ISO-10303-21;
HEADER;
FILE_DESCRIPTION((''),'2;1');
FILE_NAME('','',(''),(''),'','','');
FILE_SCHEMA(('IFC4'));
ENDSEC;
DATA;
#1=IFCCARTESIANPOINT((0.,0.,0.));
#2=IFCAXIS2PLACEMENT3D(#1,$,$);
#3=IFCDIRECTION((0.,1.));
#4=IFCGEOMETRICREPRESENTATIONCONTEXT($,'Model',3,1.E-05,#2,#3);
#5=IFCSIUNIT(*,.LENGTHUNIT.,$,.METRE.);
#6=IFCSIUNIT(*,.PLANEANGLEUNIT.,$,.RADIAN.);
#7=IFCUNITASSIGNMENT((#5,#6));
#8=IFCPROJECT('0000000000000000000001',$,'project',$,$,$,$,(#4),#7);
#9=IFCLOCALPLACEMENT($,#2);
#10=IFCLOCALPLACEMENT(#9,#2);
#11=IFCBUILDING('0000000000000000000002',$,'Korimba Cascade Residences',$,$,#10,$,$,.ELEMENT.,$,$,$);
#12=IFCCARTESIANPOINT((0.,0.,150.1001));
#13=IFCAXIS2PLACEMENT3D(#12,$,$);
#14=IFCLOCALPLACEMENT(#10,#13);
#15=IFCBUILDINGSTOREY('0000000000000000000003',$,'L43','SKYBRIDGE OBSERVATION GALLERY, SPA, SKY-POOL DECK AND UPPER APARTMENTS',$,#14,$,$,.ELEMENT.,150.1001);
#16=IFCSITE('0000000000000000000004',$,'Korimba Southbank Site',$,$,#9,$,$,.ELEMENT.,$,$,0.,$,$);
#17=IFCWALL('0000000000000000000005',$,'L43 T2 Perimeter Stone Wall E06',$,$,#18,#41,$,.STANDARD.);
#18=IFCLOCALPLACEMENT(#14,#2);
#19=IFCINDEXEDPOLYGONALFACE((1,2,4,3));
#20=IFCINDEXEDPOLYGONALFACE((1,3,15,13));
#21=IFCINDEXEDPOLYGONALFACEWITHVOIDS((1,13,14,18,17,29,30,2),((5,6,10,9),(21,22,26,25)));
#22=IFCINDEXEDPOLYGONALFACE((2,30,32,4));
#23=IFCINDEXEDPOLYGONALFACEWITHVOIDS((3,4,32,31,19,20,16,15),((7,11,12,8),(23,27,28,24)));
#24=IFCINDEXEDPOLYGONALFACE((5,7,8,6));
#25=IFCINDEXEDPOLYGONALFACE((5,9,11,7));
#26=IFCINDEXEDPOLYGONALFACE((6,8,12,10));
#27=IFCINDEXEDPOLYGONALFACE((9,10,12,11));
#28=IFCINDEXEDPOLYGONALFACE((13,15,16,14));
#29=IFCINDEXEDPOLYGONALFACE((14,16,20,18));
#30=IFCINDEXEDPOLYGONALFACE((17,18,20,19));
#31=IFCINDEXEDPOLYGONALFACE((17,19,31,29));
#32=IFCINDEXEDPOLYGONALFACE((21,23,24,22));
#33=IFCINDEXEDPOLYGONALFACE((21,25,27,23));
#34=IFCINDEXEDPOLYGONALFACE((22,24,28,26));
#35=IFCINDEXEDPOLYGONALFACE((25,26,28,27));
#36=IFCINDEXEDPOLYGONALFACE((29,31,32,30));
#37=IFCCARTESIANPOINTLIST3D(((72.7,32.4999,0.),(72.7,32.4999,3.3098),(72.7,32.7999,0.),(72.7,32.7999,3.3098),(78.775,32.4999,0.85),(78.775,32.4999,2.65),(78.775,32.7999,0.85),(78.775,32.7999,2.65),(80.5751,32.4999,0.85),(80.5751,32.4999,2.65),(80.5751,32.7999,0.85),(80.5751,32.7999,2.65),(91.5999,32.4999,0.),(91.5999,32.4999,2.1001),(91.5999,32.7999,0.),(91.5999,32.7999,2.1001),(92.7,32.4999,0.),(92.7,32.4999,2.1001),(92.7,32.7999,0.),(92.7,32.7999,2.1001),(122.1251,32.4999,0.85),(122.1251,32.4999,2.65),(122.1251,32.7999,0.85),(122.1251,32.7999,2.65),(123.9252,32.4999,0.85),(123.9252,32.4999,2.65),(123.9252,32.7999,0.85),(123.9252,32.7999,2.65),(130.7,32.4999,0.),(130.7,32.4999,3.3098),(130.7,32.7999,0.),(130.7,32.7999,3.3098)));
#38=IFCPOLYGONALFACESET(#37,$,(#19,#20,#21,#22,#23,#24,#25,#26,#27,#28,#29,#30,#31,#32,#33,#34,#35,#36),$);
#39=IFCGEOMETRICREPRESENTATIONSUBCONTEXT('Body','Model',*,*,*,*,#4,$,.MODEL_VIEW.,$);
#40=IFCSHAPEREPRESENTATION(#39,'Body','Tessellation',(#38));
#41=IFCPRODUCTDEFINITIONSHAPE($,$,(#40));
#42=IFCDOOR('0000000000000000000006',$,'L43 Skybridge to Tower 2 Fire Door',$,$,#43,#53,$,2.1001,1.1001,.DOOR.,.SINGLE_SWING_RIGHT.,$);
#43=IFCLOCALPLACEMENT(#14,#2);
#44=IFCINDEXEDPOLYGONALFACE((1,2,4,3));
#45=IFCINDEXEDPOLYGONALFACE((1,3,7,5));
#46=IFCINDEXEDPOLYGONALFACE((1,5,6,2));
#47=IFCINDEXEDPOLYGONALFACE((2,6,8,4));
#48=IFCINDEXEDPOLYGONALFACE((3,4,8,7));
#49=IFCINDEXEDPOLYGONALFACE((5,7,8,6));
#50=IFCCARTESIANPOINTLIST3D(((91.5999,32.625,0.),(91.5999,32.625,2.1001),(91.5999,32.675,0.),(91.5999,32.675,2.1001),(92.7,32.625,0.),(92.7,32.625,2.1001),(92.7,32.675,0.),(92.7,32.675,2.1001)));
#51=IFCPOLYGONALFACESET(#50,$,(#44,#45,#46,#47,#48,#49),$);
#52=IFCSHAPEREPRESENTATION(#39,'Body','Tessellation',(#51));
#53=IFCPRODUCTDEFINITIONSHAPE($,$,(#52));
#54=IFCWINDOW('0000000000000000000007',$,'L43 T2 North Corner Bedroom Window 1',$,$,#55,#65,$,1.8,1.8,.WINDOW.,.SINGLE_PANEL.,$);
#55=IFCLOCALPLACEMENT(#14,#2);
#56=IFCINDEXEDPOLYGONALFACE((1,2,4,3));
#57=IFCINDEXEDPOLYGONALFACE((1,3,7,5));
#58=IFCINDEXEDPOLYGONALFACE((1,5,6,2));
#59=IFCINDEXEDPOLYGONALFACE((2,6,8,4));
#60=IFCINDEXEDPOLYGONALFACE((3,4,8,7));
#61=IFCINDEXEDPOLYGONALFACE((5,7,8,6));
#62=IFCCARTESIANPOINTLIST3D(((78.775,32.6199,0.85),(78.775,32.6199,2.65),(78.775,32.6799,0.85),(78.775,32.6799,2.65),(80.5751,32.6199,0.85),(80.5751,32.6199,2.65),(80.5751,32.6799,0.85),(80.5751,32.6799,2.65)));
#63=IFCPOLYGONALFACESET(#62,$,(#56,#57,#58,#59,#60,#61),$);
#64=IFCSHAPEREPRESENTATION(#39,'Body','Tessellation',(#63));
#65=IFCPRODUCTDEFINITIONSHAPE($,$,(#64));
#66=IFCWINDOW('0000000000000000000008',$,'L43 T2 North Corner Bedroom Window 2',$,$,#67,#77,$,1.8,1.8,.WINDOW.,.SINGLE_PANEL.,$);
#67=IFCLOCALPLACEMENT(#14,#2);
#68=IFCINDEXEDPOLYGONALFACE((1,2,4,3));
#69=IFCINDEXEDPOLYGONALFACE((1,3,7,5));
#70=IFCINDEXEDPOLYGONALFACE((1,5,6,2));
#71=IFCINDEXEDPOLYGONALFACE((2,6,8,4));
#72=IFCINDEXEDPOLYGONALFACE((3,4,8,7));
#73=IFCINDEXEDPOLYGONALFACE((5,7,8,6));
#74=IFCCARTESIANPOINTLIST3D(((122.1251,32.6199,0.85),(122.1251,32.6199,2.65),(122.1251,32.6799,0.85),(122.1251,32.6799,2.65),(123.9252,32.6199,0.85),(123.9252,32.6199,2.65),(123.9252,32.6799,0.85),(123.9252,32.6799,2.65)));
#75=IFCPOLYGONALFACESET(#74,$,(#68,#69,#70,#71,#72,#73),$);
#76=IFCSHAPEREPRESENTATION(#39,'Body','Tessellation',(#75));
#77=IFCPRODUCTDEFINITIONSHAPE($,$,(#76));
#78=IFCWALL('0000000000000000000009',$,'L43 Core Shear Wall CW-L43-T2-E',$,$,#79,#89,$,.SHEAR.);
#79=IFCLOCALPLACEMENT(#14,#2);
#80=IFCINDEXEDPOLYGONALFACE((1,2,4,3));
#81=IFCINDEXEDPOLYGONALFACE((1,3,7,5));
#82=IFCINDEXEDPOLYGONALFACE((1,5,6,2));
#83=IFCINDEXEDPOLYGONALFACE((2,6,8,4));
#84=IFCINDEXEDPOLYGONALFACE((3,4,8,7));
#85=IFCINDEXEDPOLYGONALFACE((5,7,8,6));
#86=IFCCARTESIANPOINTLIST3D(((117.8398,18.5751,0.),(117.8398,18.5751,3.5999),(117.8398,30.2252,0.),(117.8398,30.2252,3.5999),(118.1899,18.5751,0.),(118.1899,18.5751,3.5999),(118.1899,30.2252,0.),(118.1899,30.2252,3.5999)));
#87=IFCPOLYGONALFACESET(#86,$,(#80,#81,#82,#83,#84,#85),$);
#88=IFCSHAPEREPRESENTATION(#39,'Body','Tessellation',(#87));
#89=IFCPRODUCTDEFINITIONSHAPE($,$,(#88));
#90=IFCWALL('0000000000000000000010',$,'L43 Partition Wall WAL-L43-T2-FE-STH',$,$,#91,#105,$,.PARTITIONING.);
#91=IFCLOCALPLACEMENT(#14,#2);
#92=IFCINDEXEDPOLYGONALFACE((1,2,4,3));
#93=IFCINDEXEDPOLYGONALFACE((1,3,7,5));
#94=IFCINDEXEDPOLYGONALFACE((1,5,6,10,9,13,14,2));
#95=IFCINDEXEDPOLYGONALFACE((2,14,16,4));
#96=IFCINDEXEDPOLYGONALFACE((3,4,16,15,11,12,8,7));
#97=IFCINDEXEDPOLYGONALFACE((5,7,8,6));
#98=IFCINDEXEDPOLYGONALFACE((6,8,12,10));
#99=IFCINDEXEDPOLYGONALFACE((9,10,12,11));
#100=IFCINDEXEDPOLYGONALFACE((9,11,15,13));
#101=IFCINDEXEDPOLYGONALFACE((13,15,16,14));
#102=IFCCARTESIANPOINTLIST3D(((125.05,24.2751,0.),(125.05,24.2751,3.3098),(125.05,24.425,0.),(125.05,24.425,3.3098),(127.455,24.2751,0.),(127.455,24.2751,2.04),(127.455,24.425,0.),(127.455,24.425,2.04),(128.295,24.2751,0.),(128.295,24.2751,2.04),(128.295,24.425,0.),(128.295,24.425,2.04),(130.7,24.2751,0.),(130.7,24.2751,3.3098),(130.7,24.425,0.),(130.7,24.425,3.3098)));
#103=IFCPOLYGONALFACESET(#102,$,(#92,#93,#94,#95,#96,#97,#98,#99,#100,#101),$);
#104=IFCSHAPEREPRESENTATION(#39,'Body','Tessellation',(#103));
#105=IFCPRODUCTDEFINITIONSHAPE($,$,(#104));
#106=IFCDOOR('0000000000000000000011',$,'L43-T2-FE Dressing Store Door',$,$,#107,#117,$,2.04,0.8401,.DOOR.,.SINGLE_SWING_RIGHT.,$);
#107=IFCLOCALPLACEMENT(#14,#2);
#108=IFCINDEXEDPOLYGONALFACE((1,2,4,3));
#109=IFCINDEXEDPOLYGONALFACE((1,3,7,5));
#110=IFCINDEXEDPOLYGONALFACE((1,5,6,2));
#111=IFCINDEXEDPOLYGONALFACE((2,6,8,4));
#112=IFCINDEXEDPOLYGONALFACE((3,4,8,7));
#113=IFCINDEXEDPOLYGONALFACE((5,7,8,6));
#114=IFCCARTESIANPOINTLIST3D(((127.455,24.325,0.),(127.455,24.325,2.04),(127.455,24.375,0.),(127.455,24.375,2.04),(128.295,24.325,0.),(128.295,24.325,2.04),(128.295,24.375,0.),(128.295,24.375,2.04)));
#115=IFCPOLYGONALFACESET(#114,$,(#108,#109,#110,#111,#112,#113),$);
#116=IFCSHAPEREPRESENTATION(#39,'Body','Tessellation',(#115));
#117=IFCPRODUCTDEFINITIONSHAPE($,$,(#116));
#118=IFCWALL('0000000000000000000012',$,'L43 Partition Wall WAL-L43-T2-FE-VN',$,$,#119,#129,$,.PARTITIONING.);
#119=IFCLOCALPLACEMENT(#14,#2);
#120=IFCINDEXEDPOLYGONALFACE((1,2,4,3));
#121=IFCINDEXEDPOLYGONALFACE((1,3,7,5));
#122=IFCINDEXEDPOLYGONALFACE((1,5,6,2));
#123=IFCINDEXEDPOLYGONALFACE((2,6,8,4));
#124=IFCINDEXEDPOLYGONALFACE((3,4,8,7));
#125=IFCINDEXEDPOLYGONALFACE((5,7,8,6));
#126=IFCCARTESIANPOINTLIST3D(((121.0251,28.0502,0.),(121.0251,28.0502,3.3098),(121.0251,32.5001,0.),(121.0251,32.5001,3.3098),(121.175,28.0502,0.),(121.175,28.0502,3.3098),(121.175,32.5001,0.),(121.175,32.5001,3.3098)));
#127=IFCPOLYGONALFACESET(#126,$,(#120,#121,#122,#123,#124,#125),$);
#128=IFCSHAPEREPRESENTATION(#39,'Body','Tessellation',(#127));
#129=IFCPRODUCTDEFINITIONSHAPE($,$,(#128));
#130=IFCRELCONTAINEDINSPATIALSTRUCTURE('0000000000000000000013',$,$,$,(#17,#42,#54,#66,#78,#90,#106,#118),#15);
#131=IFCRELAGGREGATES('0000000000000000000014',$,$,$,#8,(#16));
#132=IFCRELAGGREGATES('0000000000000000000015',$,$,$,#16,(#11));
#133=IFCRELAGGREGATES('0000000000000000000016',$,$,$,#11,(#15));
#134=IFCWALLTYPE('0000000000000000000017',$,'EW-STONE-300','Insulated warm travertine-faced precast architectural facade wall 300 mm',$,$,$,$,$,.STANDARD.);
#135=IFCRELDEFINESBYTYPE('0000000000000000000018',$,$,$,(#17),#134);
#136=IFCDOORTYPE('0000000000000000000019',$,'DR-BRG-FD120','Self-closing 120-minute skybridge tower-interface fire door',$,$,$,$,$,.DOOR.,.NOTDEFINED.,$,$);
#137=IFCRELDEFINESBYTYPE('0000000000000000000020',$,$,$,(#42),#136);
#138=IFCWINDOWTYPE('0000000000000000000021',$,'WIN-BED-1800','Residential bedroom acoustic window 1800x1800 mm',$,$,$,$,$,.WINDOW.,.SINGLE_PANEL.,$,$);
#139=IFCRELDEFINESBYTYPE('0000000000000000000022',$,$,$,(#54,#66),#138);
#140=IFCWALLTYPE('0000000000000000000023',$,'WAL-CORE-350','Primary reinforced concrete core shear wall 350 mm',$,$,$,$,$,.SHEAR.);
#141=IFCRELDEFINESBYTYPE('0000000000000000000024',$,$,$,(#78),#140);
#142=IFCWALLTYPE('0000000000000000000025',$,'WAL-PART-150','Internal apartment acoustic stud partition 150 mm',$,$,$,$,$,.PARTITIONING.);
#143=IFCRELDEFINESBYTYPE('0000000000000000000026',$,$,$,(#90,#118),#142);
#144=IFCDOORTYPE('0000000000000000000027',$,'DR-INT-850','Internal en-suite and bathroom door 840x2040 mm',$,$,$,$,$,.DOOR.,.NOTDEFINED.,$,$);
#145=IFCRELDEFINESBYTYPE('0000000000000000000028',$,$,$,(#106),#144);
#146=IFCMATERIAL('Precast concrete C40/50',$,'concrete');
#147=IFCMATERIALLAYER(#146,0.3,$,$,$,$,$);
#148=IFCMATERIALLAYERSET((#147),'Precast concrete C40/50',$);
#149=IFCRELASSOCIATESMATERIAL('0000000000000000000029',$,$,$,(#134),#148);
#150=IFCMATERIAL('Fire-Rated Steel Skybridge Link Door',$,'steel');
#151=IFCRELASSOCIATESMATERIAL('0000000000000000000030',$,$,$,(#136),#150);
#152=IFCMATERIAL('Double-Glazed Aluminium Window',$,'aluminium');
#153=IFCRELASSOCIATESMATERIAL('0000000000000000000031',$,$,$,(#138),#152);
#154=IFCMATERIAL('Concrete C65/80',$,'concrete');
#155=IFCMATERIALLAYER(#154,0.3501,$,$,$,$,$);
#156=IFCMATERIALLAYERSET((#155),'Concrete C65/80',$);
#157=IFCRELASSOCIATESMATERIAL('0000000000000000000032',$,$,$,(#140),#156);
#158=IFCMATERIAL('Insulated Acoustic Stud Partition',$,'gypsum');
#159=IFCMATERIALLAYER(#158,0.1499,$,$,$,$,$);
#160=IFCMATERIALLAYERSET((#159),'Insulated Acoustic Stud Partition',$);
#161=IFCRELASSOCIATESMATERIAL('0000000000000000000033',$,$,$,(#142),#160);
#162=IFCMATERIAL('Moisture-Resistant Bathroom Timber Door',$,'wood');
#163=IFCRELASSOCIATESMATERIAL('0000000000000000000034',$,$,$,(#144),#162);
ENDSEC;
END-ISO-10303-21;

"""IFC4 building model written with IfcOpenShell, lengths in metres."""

from ifc_helpers import new_model, si_unit, direction, frame, frame_2d, origin, place, context, subcontext, project, spatial, rectangle, extrude, material, layer, layer_set, type_object, element, fill, save


model = new_model("IFC4")

# Units and contexts
model_context = context("Model", 3, precision=1e-05, world=origin(), true_north=direction((0.0, 1.0)))
body_context = subcontext(model_context, "Body", "Model", "MODEL_VIEW")
ifc_project = project(units=[si_unit("LENGTHUNIT", "METRE"), si_unit("PLANEANGLEUNIT", "RADIAN")], contexts=[model_context])

# Site, building, storey
site_placement = place(None, origin())
site = spatial("IfcSite", under=ifc_project, at=site_placement, Name="Korimba Southbank Site", CompositionType="ELEMENT", RefElevation=0.0)
building_placement = place(site_placement, origin())
building = spatial("IfcBuilding", under=site, at=building_placement, Name="Korimba Cascade Residences", CompositionType="ELEMENT")
storey_placement = place(building_placement, frame((0.0, 0.0, 150.1001)))
storey = spatial("IfcBuildingStorey", under=building, at=storey_placement, Name="L43", Description="SKYBRIDGE OBSERVATION GALLERY, SPA, SKY-POOL DECK AND UPPER APARTMENTS", CompositionType="ELEMENT", Elevation=150.1001)

# Shared definitions
ifc_material_1 = material(Name="Precast concrete C40/50", Category="concrete")
ifc_layer_1 = layer(ifc_material_1, 0.3)
ifc_layer_set_1 = layer_set([ifc_layer_1], Name="Precast concrete C40/50")
wall_type_1 = type_object("IfcWallType", Name="EW-STONE-300", Description="Insulated warm travertine-faced precast architectural facade wall 300 mm", PredefinedType="STANDARD", material=ifc_layer_set_1)

# Wall, openings, door, windows
wall_1_placement = place(storey_placement, frame((130.7, 32.6499, 0.0), z_axis=(0.0, 0.0, 1.0), x_axis=(-1.0, 0.0, 0.0)))
wall_1 = element("IfcWall", 1, at=wall_1_placement, inside=storey, type_object=wall_type_1, Name="L43 T2 Perimeter Stone Wall E06", PredefinedType="STANDARD", context=body_context, shape_type="SweptSolid", body=[
    extrude(rectangle(XDim=58.0, YDim=0.3, at=frame_2d((29.0, 0.0))), origin(), (0.0, 0.0, 1.0), 3.3098),
])
opening_1_placement = place(wall_1_placement, frame((50.125, 0.0, 0.8501)))
opening_1 = element("IfcOpeningElement", 2, at=opening_1_placement, cuts=wall_1, PredefinedType="OPENING", context=body_context, shape_type="SweptSolid", body=[
    extrude(rectangle(XDim=1.8, YDim=1.8, at=frame_2d((0.8999, 0.8999))), frame((0.0, 0.1602, 0.0), z_axis=(0.0, -1.0, 0.0), x_axis=(1.0, 0.0, 0.0)), (0.0, 0.0, 1.0), 0.3201),
])
opening_2_placement = place(wall_1_placement, frame((6.7749, 0.0, 0.8501)))
opening_2 = element("IfcOpeningElement", 3, at=opening_2_placement, cuts=wall_1, PredefinedType="OPENING", context=body_context, shape_type="SweptSolid", body=[
    extrude(rectangle(XDim=1.8, YDim=1.8, at=frame_2d((0.8999, 0.8999))), frame((0.0, 0.1602, 0.0), z_axis=(0.0, -1.0, 0.0), x_axis=(1.0, 0.0, 0.0)), (0.0, 0.0, 1.0), 0.3201),
])
opening_3_placement = place(wall_1_placement, frame((38.0, 0.0, 0.0)))
opening_3 = element("IfcOpeningElement", 4, at=opening_3_placement, cuts=wall_1, PredefinedType="OPENING", context=body_context, shape_type="SweptSolid", body=[
    extrude(rectangle(XDim=1.1001, YDim=2.1001, at=frame_2d((0.55, 1.05))), frame((0.0, 0.1602, 0.0), z_axis=(0.0, -1.0, 0.0), x_axis=(1.0, 0.0, 0.0)), (0.0, 0.0, 1.0), 0.3201),
])
ifc_material_2 = material(Name="Fire-Rated Steel Skybridge Link Door", Category="steel")
door_type_1 = type_object("IfcDoorType", Name="DR-BRG-FD120", Description="Self-closing 120-minute skybridge tower-interface fire door", OperationType="NOTDEFINED", PredefinedType="DOOR", material=ifc_material_2)
door_1_placement = place(opening_3_placement, origin())
door_1 = element("IfcDoor", 5, at=door_1_placement, inside=storey, type_object=door_type_1, Name="L43 Skybridge to Tower 2 Fire Door", OperationType="SINGLE_SWING_RIGHT", OverallHeight=2.1001, OverallWidth=1.1001, PredefinedType="DOOR", context=body_context, shape_type="SweptSolid", body=[
    extrude(rectangle(XDim=1.1001, YDim=2.1001, at=frame_2d((0.55, 1.05))), frame((0.0, 0.0249, 0.0), z_axis=(0.0, -1.0, 0.0), x_axis=(1.0, 0.0, 0.0)), (0.0, 0.0, 1.0), 0.05),
])
fill(opening_3, door_1)
ifc_material_3 = material(Name="Double-Glazed Aluminium Window", Category="aluminium")
window_type = type_object("IfcWindowType", Name="WIN-BED-1800", Description="Residential bedroom acoustic window 1800x1800 mm", PartitioningType="SINGLE_PANEL", PredefinedType="WINDOW", material=ifc_material_3)
window_1_placement = place(opening_1_placement, origin())
window_1 = element("IfcWindow", 6, at=window_1_placement, inside=storey, type_object=window_type, Name="L43 T2 North Corner Bedroom Window 1", OverallHeight=1.8, OverallWidth=1.8, PartitioningType="SINGLE_PANEL", PredefinedType="WINDOW", context=body_context, shape_type="SweptSolid", body=[
    extrude(rectangle(XDim=1.8, YDim=1.8, at=frame_2d((0.8999, 0.8999))), frame((0.0, 0.03, 0.0), z_axis=(0.0, -1.0, 0.0), x_axis=(1.0, 0.0, 0.0)), (0.0, 0.0, 1.0), 0.0601),
])
fill(opening_1, window_1)
window_2_placement = place(opening_2_placement, origin())
window_2 = element("IfcWindow", 7, at=window_2_placement, inside=storey, type_object=window_type, Name="L43 T2 North Corner Bedroom Window 2", OverallHeight=1.8, OverallWidth=1.8, PartitioningType="SINGLE_PANEL", PredefinedType="WINDOW", context=body_context, shape_type="SweptSolid", body=[
    extrude(rectangle(XDim=1.8, YDim=1.8, at=frame_2d((0.8999, 0.8999))), frame((0.0, 0.03, 0.0), z_axis=(0.0, -1.0, 0.0), x_axis=(1.0, 0.0, 0.0)), (0.0, 0.0, 1.0), 0.0601),
])
fill(opening_2, window_2)

# Wall
ifc_material_4 = material(Name="Concrete C65/80", Category="concrete")
ifc_layer_2 = layer(ifc_material_4, 0.3501)
ifc_layer_set_2 = layer_set([ifc_layer_2], Name="Concrete C65/80")
wall_type_2 = type_object("IfcWallType", Name="WAL-CORE-350", Description="Primary reinforced concrete core shear wall 350 mm", PredefinedType="SHEAR", material=ifc_layer_set_2)
wall_2_placement = place(storey_placement, frame((118.0149, 18.575, 0.0), z_axis=(0.0, 0.0, 1.0), x_axis=(0.0, 1.0, 0.0)))
element("IfcWall", 8, at=wall_2_placement, inside=storey, type_object=wall_type_2, Name="L43 Core Shear Wall CW-L43-T2-E", PredefinedType="SHEAR", context=body_context, shape_type="SweptSolid", body=[
    extrude(rectangle(XDim=11.6501, YDim=0.3501, at=frame_2d((5.8252, 0.0))), origin(), (0.0, 0.0, 1.0), 3.5999),
])

# Wall, opening, door
ifc_material_5 = material(Name="Insulated Acoustic Stud Partition", Category="gypsum")
ifc_layer_3 = layer(ifc_material_5, 0.1499)
ifc_layer_set_3 = layer_set([ifc_layer_3], Name="Insulated Acoustic Stud Partition")
wall_type_3 = type_object("IfcWallType", Name="WAL-PART-150", Description="Internal apartment acoustic stud partition 150 mm", PredefinedType="PARTITIONING", material=ifc_layer_set_3)
wall_3_placement = place(storey_placement, frame((125.05, 24.3501, 0.0), z_axis=(0.0, 0.0, 1.0), x_axis=(1.0, 0.0, 0.0)))
wall_3 = element("IfcWall", 9, at=wall_3_placement, inside=storey, type_object=wall_type_3, Name="L43 Partition Wall WAL-L43-T2-FE-STH", PredefinedType="PARTITIONING", context=body_context, shape_type="SweptSolid", body=[
    extrude(rectangle(XDim=5.6499, YDim=0.1499, at=frame_2d((2.825, 0.0))), origin(), (0.0, 0.0, 1.0), 3.3098),
])
opening_4_placement = place(wall_3_placement, frame((2.405, 0.0, 0.0)))
opening_4 = element("IfcOpeningElement", 10, at=opening_4_placement, cuts=wall_3, PredefinedType="OPENING", context=body_context, shape_type="SweptSolid", body=[
    extrude(rectangle(XDim=0.8401, YDim=2.04, at=frame_2d((0.4199, 1.02))), frame((0.0, 0.085, 0.0), z_axis=(0.0, -1.0, 0.0), x_axis=(1.0, 0.0, 0.0)), (0.0, 0.0, 1.0), 0.1699),
])
ifc_material_6 = material(Name="Moisture-Resistant Bathroom Timber Door", Category="wood")
door_type_2 = type_object("IfcDoorType", Name="DR-INT-850", Description="Internal en-suite and bathroom door 840x2040 mm", OperationType="NOTDEFINED", PredefinedType="DOOR", material=ifc_material_6)
door_2_placement = place(opening_4_placement, origin())
door_2 = element("IfcDoor", 11, at=door_2_placement, inside=storey, type_object=door_type_2, Name="L43-T2-FE Dressing Store Door", OperationType="SINGLE_SWING_RIGHT", OverallHeight=2.04, OverallWidth=0.8401, PredefinedType="DOOR", context=body_context, shape_type="SweptSolid", body=[
    extrude(rectangle(XDim=0.8401, YDim=2.04, at=frame_2d((0.4199, 1.02))), frame((0.0, 0.0249, 0.0), z_axis=(0.0, -1.0, 0.0), x_axis=(1.0, 0.0, 0.0)), (0.0, 0.0, 1.0), 0.05),
])
fill(opening_4, door_2)

# Wall
wall_4_placement = place(storey_placement, frame((121.1001, 28.05, 0.0), z_axis=(0.0, 0.0, 1.0), x_axis=(0.0, 1.0, 0.0)))
element("IfcWall", 12, at=wall_4_placement, inside=storey, type_object=wall_type_3, Name="L43 Partition Wall WAL-L43-T2-FE-VN", PredefinedType="PARTITIONING", context=body_context, shape_type="SweptSolid", body=[
    extrude(rectangle(XDim=4.45, YDim=0.1499, at=frame_2d((2.2251, 0.0))), origin(), (0.0, 0.0, 1.0), 3.3098),
])

save(model, "model.ifc")
